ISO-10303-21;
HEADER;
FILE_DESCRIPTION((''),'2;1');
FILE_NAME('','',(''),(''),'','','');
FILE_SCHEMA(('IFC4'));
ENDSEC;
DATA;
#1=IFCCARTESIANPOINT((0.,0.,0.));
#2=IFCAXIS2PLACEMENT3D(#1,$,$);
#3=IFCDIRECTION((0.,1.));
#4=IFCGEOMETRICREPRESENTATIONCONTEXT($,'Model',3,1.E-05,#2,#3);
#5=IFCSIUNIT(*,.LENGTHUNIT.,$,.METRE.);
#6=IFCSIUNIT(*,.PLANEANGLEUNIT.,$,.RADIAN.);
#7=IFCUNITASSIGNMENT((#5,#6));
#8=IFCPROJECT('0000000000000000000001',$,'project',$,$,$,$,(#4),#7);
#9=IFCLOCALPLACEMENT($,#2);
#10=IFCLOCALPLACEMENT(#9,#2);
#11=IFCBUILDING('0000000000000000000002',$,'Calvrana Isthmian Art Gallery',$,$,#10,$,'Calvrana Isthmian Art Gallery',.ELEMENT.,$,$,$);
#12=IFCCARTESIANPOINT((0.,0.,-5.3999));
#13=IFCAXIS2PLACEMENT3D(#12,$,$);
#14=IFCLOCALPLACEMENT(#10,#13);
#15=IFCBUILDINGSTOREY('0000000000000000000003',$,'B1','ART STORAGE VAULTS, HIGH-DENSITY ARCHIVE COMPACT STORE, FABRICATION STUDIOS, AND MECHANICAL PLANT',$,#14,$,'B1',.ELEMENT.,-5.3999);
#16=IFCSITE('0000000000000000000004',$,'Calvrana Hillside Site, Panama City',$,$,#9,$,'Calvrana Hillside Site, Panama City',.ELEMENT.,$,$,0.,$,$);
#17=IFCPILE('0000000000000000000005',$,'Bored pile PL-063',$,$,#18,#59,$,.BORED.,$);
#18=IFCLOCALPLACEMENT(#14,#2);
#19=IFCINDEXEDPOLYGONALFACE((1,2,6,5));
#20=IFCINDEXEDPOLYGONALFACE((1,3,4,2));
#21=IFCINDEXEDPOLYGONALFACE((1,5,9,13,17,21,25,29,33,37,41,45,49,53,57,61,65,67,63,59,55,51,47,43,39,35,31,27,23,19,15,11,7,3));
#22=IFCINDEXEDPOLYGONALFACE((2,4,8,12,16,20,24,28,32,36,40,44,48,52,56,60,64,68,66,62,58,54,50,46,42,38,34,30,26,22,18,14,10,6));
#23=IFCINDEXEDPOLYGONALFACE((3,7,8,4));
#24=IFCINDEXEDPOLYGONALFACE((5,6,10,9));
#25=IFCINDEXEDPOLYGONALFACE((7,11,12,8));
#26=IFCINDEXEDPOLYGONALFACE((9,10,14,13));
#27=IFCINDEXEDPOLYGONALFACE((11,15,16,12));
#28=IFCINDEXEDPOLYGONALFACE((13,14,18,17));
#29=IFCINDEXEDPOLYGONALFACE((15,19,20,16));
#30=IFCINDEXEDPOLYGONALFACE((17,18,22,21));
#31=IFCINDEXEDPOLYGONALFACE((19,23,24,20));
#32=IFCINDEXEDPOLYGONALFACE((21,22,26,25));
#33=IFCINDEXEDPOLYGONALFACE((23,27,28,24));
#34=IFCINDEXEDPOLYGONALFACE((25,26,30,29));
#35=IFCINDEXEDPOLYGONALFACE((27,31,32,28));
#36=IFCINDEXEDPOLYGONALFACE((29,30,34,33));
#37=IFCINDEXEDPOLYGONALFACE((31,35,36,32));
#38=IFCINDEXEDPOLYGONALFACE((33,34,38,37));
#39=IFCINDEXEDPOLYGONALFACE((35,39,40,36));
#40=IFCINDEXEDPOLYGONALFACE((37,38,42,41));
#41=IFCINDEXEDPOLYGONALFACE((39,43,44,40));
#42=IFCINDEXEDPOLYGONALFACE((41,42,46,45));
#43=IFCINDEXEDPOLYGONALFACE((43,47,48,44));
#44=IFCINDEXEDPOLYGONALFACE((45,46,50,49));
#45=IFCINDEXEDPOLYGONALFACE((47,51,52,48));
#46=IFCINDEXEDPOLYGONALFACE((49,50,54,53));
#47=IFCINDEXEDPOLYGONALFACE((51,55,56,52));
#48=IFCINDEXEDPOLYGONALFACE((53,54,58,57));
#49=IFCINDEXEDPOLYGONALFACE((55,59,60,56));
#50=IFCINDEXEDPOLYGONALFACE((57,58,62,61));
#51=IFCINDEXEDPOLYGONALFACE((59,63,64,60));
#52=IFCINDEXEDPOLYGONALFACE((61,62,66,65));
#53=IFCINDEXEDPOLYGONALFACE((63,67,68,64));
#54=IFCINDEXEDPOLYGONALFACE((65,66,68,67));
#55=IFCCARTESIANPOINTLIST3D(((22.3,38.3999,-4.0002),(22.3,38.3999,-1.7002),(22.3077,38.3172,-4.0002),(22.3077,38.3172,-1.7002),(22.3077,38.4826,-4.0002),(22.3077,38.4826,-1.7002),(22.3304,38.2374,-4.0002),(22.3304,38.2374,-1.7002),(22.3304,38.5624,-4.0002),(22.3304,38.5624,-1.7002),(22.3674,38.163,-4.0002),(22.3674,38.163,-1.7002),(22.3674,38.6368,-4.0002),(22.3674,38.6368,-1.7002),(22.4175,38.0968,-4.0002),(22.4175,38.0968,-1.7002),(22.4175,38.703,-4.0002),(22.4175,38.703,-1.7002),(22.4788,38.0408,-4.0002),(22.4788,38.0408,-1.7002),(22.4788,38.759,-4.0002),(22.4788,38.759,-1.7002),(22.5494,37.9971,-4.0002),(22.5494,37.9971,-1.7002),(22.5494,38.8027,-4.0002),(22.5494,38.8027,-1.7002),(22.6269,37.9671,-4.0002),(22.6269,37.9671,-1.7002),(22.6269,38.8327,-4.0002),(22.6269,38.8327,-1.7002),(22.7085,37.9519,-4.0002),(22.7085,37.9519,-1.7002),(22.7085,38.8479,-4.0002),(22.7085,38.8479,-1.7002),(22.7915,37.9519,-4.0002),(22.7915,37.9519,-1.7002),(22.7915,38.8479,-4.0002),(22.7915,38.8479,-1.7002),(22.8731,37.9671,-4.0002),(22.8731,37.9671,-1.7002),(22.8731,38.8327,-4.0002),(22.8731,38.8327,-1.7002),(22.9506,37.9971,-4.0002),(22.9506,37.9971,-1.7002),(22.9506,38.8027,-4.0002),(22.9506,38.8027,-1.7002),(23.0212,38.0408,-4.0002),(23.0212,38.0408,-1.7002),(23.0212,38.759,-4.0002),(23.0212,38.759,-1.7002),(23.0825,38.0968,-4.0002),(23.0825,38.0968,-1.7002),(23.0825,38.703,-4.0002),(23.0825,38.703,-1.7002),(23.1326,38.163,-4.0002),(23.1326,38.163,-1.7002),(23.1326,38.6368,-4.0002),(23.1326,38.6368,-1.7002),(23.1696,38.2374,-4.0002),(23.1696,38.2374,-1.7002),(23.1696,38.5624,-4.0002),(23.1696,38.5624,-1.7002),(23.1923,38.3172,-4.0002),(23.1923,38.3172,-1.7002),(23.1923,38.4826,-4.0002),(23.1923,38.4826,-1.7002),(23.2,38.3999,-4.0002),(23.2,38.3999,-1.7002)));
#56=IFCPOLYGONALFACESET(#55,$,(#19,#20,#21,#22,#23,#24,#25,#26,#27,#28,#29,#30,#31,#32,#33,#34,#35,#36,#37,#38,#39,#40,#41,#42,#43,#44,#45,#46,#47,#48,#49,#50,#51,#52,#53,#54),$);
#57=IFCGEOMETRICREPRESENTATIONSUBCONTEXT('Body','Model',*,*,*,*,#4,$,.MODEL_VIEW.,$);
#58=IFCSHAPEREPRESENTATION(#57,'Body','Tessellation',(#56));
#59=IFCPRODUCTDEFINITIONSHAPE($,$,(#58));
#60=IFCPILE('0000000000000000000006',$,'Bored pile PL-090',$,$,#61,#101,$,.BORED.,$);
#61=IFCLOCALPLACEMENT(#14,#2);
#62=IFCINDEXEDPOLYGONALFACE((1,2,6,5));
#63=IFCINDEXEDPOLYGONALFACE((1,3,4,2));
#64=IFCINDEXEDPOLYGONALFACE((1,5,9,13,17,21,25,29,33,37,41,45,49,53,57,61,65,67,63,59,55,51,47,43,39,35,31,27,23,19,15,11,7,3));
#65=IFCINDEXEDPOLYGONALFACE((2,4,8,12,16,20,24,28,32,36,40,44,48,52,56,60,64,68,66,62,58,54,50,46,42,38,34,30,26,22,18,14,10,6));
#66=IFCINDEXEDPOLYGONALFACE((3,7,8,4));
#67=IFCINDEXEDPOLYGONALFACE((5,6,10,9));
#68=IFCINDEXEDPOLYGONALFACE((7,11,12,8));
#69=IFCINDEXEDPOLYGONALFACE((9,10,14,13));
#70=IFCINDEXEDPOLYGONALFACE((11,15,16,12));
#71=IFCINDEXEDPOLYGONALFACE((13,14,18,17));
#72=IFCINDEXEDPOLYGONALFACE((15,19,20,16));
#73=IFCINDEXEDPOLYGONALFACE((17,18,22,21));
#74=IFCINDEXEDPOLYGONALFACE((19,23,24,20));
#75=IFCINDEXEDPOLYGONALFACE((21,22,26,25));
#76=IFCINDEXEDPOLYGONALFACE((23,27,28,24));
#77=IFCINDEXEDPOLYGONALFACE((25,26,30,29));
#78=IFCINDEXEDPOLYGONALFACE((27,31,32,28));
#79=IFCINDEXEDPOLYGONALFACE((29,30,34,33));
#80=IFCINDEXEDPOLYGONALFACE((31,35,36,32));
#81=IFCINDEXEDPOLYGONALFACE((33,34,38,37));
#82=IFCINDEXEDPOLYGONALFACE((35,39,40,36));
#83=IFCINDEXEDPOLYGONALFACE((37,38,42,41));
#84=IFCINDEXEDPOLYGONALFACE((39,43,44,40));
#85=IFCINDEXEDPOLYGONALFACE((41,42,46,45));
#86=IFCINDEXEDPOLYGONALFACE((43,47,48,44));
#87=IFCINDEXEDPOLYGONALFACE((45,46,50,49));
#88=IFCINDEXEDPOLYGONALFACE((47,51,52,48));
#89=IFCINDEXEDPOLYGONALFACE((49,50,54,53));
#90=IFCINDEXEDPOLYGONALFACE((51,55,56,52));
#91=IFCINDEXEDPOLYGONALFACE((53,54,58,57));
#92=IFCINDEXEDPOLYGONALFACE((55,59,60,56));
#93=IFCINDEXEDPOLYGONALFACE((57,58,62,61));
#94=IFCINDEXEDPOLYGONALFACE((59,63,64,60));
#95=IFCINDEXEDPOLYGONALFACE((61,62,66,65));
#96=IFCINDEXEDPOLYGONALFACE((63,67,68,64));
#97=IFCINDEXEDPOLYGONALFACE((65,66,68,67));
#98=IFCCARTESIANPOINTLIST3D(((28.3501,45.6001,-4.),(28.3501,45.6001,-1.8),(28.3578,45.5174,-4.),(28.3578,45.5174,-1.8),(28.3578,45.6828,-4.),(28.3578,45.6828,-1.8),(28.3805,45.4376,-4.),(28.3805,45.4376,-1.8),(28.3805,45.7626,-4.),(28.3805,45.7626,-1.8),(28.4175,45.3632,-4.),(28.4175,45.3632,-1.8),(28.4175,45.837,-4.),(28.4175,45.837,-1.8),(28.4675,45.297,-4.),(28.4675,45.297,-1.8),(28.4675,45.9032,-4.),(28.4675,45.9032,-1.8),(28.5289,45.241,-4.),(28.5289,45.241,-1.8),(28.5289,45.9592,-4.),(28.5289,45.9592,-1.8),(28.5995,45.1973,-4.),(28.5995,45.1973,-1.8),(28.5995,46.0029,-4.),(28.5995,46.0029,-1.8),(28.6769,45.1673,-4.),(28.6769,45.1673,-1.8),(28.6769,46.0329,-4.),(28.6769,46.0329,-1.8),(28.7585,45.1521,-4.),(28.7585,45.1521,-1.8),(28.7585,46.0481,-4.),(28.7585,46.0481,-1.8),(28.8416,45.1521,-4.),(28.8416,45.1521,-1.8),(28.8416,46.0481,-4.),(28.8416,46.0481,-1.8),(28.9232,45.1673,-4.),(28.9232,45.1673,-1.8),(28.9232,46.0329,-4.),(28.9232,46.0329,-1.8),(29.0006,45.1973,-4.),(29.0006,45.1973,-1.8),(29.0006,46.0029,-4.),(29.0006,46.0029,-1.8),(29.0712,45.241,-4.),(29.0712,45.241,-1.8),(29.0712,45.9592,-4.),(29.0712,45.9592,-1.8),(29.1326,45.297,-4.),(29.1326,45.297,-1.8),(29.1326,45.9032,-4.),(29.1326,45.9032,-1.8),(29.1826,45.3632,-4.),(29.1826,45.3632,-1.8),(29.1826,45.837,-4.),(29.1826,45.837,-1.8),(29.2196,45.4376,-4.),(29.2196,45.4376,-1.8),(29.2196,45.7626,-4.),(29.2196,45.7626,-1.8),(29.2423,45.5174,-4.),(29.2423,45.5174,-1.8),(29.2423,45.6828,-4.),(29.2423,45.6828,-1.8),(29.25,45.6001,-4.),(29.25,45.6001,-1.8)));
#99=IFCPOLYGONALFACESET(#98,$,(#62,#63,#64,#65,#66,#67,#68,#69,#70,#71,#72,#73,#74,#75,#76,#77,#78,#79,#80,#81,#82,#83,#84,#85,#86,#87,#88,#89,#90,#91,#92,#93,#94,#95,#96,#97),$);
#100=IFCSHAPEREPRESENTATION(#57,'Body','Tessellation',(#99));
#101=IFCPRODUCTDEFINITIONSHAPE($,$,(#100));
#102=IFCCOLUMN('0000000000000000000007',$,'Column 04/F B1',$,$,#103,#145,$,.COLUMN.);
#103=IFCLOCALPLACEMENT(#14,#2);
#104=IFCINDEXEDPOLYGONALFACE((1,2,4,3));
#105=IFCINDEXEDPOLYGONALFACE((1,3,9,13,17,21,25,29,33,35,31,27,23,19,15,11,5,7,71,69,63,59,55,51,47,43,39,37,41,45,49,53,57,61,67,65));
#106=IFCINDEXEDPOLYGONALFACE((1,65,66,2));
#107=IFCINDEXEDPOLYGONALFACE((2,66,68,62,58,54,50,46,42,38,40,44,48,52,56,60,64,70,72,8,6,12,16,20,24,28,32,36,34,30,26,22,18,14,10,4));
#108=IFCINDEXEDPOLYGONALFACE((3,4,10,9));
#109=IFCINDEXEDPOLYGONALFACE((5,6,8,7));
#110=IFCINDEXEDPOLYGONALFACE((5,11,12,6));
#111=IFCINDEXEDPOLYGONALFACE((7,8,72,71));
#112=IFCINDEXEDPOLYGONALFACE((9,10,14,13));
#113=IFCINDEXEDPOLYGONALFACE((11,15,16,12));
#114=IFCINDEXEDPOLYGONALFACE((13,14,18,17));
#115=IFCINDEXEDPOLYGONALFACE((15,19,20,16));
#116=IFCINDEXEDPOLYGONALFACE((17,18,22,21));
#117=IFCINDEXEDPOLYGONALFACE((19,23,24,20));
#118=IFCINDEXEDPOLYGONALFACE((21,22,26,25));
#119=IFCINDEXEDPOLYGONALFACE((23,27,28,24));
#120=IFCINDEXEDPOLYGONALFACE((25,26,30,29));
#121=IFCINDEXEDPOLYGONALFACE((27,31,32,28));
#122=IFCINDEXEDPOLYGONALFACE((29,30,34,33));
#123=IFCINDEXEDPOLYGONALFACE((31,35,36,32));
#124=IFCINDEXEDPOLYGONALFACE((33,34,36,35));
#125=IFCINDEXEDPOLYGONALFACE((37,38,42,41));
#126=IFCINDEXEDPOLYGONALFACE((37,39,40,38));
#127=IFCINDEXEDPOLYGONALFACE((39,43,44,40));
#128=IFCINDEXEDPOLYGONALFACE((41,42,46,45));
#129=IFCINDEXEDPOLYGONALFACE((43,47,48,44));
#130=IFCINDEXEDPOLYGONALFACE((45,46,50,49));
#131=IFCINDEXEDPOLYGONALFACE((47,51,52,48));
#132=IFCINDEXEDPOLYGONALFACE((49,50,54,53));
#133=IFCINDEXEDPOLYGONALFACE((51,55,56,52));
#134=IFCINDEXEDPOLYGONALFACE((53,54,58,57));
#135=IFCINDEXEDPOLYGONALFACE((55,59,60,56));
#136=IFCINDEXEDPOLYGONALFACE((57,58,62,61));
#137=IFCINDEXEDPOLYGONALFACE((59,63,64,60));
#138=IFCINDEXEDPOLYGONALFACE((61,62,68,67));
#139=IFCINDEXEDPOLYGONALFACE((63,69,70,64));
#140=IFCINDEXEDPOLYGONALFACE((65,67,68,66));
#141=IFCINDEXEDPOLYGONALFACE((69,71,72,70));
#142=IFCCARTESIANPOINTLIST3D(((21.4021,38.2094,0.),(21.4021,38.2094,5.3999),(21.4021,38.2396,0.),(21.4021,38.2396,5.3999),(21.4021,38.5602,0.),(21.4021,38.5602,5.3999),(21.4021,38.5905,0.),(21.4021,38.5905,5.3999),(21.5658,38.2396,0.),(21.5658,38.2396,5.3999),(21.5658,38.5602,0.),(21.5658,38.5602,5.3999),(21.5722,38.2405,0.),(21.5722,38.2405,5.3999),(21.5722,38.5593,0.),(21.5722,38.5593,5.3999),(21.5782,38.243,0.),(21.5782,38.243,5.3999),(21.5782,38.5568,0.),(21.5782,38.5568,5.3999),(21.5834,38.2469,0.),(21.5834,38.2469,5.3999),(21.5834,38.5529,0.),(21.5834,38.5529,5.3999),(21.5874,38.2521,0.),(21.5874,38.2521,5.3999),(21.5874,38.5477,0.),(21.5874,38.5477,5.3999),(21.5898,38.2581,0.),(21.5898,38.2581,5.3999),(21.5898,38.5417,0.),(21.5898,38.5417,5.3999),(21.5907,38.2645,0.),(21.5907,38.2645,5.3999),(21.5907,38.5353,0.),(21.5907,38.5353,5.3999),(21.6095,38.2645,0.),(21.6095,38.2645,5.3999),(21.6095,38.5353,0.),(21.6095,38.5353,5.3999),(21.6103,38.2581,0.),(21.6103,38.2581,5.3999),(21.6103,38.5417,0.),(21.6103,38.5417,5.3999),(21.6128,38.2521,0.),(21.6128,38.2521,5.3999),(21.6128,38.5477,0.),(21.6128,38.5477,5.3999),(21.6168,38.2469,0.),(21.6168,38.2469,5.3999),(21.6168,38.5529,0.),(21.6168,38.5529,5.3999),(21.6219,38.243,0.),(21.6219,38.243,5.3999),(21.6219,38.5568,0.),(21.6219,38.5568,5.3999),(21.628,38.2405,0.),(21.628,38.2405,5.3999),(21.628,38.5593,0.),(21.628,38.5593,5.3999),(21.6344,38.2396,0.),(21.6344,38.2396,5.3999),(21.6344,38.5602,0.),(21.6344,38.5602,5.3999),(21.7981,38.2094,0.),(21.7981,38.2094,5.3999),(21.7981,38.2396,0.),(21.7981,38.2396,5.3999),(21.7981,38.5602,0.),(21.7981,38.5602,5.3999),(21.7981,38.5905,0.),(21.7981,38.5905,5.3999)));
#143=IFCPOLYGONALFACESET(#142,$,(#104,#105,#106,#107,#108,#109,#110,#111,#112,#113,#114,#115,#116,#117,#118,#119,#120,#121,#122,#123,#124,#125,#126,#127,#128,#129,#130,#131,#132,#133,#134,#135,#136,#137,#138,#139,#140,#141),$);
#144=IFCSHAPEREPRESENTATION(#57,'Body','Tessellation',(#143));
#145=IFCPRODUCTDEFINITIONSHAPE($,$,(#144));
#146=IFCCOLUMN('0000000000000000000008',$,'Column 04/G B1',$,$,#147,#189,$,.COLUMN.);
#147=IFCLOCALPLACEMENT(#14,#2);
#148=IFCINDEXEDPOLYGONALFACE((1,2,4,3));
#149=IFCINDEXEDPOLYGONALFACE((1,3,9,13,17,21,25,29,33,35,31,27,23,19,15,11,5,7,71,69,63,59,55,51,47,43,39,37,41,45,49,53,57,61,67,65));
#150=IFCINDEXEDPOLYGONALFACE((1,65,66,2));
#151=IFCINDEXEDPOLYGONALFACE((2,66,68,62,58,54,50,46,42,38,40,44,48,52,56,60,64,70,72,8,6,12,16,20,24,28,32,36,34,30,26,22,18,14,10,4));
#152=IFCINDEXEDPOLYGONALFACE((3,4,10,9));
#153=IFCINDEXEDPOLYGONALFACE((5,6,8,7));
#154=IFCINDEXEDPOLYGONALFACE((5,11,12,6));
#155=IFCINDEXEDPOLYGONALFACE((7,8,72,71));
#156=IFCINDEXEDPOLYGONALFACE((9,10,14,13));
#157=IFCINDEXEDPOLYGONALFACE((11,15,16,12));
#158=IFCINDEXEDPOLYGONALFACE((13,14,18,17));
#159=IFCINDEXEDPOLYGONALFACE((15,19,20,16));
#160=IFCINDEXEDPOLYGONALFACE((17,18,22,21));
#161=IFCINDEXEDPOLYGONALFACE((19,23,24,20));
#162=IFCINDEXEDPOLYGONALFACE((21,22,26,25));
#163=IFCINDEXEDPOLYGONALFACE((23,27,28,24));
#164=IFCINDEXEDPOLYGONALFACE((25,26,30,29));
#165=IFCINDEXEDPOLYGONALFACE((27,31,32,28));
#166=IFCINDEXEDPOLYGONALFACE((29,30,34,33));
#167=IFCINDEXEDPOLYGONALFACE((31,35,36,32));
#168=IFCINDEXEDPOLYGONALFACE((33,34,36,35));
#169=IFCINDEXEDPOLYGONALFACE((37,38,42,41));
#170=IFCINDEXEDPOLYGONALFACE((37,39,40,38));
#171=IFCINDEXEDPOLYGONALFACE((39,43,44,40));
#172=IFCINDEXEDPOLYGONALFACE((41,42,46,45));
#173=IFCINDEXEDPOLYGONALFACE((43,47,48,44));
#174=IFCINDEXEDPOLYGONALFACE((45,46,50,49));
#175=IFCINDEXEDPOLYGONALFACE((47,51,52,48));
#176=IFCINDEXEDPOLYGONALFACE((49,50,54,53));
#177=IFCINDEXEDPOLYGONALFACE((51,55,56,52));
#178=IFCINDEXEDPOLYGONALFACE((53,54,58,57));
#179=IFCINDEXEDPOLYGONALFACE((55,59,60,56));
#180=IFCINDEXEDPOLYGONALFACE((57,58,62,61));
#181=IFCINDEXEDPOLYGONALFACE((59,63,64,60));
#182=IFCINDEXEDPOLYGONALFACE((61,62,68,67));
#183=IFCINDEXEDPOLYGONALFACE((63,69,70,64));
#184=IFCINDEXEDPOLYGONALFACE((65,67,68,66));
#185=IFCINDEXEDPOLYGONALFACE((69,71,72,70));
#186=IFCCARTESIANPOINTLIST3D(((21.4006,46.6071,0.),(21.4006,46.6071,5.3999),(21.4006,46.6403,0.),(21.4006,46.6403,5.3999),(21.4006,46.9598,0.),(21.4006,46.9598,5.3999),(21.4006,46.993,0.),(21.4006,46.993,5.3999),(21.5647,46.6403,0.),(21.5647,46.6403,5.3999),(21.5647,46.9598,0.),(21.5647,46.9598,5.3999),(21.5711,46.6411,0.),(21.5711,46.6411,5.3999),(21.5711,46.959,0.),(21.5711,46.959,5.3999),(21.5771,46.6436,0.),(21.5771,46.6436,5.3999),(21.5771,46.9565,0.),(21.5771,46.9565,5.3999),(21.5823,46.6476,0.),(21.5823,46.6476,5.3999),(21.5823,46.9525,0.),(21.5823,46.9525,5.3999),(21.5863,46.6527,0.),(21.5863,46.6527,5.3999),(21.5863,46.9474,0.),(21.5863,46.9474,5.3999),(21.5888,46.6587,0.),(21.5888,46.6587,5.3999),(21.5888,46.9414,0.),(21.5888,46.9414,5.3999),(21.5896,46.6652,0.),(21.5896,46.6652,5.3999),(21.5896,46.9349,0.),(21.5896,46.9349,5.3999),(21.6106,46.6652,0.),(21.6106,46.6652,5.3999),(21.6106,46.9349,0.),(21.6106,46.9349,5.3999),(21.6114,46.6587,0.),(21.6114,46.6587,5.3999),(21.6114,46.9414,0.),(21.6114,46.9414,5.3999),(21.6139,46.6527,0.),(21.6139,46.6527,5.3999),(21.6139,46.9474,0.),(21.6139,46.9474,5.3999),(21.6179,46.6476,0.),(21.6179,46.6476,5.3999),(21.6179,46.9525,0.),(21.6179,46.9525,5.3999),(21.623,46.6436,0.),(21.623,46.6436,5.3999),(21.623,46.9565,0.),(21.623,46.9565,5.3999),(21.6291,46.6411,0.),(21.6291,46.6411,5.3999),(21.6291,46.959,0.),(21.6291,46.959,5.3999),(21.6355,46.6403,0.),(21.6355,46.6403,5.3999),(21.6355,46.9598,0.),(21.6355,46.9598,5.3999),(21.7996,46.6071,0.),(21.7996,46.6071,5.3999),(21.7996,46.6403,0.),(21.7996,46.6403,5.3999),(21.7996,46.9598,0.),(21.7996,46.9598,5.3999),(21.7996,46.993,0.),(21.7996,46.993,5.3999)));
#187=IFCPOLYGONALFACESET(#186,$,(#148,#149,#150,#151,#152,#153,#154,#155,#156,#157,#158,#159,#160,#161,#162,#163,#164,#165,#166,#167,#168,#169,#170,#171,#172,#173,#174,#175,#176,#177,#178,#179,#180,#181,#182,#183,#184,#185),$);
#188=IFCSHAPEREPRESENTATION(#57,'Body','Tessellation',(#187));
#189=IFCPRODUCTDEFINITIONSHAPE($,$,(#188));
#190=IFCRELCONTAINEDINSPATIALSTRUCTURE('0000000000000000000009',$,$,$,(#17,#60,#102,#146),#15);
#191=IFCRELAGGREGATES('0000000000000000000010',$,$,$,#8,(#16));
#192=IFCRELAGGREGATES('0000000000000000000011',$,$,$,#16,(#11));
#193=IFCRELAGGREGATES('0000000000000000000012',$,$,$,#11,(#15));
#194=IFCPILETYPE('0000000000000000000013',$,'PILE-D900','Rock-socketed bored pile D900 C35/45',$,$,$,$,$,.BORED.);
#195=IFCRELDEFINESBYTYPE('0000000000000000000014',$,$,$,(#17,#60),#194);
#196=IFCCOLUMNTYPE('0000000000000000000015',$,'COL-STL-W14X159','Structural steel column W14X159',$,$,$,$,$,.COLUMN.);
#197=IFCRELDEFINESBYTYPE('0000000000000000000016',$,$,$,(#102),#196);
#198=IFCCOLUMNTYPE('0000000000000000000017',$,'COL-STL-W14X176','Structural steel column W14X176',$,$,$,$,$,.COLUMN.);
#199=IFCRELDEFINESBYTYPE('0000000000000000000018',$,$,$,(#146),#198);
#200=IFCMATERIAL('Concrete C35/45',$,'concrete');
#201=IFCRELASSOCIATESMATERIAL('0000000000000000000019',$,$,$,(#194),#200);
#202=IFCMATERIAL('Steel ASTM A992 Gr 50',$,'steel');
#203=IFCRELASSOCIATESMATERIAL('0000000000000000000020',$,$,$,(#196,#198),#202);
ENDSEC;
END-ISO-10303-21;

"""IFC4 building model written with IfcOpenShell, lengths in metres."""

from ifc_helpers import new_model, si_unit, direction, frame, origin, origin_2d, place, context, subcontext, project, spatial, circle, i_section, extrude, material, material_profile, profile_set, type_object, element, save


model = new_model("IFC4")

# Units and contexts
model_context = context("Model", 3, precision=1e-05, world=origin(), true_north=direction((0.0, 1.0)))
body_context = subcontext(model_context, "Body", "Model", "MODEL_VIEW")
ifc_project = project(units=[si_unit("LENGTHUNIT", "METRE"), si_unit("PLANEANGLEUNIT", "RADIAN")], contexts=[model_context])

# Site, building, storey
site_placement = place(None, origin())
site = spatial("IfcSite", under=ifc_project, at=site_placement, Name="Calvrana Hillside Site, Panama City", LongName="Calvrana Hillside Site, Panama City", CompositionType="ELEMENT", RefElevation=0.0)
building_placement = place(site_placement, origin())
building = spatial("IfcBuilding", under=site, at=building_placement, Name="Calvrana Isthmian Art Gallery", LongName="Calvrana Isthmian Art Gallery", CompositionType="ELEMENT")
storey_placement = place(building_placement, frame((0.0, 0.0, -5.3999)))
storey = spatial("IfcBuildingStorey", under=building, at=storey_placement, Name="B1", Description="ART STORAGE VAULTS, HIGH-DENSITY ARCHIVE COMPACT STORE, FABRICATION STUDIOS, AND MECHANICAL PLANT", LongName="B1", CompositionType="ELEMENT", Elevation=-5.3999)

# Shared definitions
ifc_material_1 = material(Name="Concrete C35/45", Category="concrete")

# Piles
ifc_material_profile_1 = material_profile(ifc_material_1, circle(Radius=0.45, at=origin_2d()), Name="PILE900D")
ifc_profile_set_1 = profile_set([ifc_material_profile_1], Name="Concrete C35/45")
pile_type_1 = type_object("IfcPileType", Name="PILE-D900", Description="Rock-socketed bored pile D900 C35/45", PredefinedType="BORED", material=ifc_profile_set_1)
for number, where, z_axis, x_axis, name in (
    (1, (22.75, 38.3999, -1.7002), (0.0, 0.0, -1.0), (1.0, 0.0, 0.0), "Bored pile PL-063"),
):
    element("IfcPile", number, at=place(storey_placement, frame(where, z_axis=z_axis, x_axis=x_axis)), inside=storey, type_object=pile_type_1, Name=name, PredefinedType="BORED", context=body_context, shape_type="SweptSolid", body=[
        extrude(circle(Radius=0.45, at=origin_2d()), origin(), (0.0, 0.0, 1.0), 2.3),
    ])
pile_placement = place(storey_placement, frame((28.8, 45.6001, -1.8), z_axis=(0.0, 0.0, -1.0), x_axis=(1.0, 0.0, 0.0)))
element("IfcPile", 2, at=pile_placement, inside=storey, type_object=pile_type_1, Name="Bored pile PL-090", PredefinedType="BORED", context=body_context, shape_type="SweptSolid", body=[
    extrude(circle(Radius=0.45, at=origin_2d()), origin(), (0.0, 0.0, 1.0), 2.2),
])

# Columns
ifc_material_2 = material(Name="Steel ASTM A992 Gr 50", Category="steel")
ifc_material_profile_2 = material_profile(ifc_material_2, i_section(OverallWidth=0.396, OverallDepth=0.3811, WebThickness=0.0188, FlangeThickness=0.0303, FilletRadius=0.0249, at=origin_2d()), Name="W14X159")
ifc_profile_set_2 = profile_set([ifc_material_profile_2], Name="Steel ASTM A992 Gr 50")
column_type_1 = type_object("IfcColumnType", Name="COL-STL-W14X159", Description="Structural steel column W14X159", PredefinedType="COLUMN", material=ifc_profile_set_2)
column_1_placement = place(storey_placement, frame((21.6001, 38.3999, 0.0), z_axis=(0.0, 0.0, 1.0), x_axis=(1.0, 0.0, 0.0)))
element("IfcColumn", 3, at=column_1_placement, inside=storey, type_object=column_type_1, Name="Column 04/F B1", PredefinedType="COLUMN", context=body_context, shape_type="SweptSolid", body=[
    extrude(i_section(OverallWidth=0.396, OverallDepth=0.3811, WebThickness=0.0188, FlangeThickness=0.0303, FilletRadius=0.0249, at=origin_2d()), origin(), (0.0, 0.0, 1.0), 5.3999),
])
ifc_material_profile_3 = material_profile(ifc_material_2, i_section(OverallWidth=0.3989, OverallDepth=0.386, WebThickness=0.021, FlangeThickness=0.0332, FilletRadius=0.0249, at=origin_2d()), Name="W14X176")
ifc_profile_set_3 = profile_set([ifc_material_profile_3], Name="Steel ASTM A992 Gr 50")
column_type_2 = type_object("IfcColumnType", Name="COL-STL-W14X176", Description="Structural steel column W14X176", PredefinedType="COLUMN", material=ifc_profile_set_3)
column_2_placement = place(storey_placement, frame((21.6001, 46.8, 0.0), z_axis=(0.0, 0.0, 1.0), x_axis=(1.0, 0.0, 0.0)))
element("IfcColumn", 4, at=column_2_placement, inside=storey, type_object=column_type_2, Name="Column 04/G B1", PredefinedType="COLUMN", context=body_context, shape_type="SweptSolid", body=[
    extrude(i_section(OverallWidth=0.3989, OverallDepth=0.386, WebThickness=0.021, FlangeThickness=0.0332, FilletRadius=0.0249, at=origin_2d()), origin(), (0.0, 0.0, 1.0), 5.3999),
])

save(model, "model.ifc")
